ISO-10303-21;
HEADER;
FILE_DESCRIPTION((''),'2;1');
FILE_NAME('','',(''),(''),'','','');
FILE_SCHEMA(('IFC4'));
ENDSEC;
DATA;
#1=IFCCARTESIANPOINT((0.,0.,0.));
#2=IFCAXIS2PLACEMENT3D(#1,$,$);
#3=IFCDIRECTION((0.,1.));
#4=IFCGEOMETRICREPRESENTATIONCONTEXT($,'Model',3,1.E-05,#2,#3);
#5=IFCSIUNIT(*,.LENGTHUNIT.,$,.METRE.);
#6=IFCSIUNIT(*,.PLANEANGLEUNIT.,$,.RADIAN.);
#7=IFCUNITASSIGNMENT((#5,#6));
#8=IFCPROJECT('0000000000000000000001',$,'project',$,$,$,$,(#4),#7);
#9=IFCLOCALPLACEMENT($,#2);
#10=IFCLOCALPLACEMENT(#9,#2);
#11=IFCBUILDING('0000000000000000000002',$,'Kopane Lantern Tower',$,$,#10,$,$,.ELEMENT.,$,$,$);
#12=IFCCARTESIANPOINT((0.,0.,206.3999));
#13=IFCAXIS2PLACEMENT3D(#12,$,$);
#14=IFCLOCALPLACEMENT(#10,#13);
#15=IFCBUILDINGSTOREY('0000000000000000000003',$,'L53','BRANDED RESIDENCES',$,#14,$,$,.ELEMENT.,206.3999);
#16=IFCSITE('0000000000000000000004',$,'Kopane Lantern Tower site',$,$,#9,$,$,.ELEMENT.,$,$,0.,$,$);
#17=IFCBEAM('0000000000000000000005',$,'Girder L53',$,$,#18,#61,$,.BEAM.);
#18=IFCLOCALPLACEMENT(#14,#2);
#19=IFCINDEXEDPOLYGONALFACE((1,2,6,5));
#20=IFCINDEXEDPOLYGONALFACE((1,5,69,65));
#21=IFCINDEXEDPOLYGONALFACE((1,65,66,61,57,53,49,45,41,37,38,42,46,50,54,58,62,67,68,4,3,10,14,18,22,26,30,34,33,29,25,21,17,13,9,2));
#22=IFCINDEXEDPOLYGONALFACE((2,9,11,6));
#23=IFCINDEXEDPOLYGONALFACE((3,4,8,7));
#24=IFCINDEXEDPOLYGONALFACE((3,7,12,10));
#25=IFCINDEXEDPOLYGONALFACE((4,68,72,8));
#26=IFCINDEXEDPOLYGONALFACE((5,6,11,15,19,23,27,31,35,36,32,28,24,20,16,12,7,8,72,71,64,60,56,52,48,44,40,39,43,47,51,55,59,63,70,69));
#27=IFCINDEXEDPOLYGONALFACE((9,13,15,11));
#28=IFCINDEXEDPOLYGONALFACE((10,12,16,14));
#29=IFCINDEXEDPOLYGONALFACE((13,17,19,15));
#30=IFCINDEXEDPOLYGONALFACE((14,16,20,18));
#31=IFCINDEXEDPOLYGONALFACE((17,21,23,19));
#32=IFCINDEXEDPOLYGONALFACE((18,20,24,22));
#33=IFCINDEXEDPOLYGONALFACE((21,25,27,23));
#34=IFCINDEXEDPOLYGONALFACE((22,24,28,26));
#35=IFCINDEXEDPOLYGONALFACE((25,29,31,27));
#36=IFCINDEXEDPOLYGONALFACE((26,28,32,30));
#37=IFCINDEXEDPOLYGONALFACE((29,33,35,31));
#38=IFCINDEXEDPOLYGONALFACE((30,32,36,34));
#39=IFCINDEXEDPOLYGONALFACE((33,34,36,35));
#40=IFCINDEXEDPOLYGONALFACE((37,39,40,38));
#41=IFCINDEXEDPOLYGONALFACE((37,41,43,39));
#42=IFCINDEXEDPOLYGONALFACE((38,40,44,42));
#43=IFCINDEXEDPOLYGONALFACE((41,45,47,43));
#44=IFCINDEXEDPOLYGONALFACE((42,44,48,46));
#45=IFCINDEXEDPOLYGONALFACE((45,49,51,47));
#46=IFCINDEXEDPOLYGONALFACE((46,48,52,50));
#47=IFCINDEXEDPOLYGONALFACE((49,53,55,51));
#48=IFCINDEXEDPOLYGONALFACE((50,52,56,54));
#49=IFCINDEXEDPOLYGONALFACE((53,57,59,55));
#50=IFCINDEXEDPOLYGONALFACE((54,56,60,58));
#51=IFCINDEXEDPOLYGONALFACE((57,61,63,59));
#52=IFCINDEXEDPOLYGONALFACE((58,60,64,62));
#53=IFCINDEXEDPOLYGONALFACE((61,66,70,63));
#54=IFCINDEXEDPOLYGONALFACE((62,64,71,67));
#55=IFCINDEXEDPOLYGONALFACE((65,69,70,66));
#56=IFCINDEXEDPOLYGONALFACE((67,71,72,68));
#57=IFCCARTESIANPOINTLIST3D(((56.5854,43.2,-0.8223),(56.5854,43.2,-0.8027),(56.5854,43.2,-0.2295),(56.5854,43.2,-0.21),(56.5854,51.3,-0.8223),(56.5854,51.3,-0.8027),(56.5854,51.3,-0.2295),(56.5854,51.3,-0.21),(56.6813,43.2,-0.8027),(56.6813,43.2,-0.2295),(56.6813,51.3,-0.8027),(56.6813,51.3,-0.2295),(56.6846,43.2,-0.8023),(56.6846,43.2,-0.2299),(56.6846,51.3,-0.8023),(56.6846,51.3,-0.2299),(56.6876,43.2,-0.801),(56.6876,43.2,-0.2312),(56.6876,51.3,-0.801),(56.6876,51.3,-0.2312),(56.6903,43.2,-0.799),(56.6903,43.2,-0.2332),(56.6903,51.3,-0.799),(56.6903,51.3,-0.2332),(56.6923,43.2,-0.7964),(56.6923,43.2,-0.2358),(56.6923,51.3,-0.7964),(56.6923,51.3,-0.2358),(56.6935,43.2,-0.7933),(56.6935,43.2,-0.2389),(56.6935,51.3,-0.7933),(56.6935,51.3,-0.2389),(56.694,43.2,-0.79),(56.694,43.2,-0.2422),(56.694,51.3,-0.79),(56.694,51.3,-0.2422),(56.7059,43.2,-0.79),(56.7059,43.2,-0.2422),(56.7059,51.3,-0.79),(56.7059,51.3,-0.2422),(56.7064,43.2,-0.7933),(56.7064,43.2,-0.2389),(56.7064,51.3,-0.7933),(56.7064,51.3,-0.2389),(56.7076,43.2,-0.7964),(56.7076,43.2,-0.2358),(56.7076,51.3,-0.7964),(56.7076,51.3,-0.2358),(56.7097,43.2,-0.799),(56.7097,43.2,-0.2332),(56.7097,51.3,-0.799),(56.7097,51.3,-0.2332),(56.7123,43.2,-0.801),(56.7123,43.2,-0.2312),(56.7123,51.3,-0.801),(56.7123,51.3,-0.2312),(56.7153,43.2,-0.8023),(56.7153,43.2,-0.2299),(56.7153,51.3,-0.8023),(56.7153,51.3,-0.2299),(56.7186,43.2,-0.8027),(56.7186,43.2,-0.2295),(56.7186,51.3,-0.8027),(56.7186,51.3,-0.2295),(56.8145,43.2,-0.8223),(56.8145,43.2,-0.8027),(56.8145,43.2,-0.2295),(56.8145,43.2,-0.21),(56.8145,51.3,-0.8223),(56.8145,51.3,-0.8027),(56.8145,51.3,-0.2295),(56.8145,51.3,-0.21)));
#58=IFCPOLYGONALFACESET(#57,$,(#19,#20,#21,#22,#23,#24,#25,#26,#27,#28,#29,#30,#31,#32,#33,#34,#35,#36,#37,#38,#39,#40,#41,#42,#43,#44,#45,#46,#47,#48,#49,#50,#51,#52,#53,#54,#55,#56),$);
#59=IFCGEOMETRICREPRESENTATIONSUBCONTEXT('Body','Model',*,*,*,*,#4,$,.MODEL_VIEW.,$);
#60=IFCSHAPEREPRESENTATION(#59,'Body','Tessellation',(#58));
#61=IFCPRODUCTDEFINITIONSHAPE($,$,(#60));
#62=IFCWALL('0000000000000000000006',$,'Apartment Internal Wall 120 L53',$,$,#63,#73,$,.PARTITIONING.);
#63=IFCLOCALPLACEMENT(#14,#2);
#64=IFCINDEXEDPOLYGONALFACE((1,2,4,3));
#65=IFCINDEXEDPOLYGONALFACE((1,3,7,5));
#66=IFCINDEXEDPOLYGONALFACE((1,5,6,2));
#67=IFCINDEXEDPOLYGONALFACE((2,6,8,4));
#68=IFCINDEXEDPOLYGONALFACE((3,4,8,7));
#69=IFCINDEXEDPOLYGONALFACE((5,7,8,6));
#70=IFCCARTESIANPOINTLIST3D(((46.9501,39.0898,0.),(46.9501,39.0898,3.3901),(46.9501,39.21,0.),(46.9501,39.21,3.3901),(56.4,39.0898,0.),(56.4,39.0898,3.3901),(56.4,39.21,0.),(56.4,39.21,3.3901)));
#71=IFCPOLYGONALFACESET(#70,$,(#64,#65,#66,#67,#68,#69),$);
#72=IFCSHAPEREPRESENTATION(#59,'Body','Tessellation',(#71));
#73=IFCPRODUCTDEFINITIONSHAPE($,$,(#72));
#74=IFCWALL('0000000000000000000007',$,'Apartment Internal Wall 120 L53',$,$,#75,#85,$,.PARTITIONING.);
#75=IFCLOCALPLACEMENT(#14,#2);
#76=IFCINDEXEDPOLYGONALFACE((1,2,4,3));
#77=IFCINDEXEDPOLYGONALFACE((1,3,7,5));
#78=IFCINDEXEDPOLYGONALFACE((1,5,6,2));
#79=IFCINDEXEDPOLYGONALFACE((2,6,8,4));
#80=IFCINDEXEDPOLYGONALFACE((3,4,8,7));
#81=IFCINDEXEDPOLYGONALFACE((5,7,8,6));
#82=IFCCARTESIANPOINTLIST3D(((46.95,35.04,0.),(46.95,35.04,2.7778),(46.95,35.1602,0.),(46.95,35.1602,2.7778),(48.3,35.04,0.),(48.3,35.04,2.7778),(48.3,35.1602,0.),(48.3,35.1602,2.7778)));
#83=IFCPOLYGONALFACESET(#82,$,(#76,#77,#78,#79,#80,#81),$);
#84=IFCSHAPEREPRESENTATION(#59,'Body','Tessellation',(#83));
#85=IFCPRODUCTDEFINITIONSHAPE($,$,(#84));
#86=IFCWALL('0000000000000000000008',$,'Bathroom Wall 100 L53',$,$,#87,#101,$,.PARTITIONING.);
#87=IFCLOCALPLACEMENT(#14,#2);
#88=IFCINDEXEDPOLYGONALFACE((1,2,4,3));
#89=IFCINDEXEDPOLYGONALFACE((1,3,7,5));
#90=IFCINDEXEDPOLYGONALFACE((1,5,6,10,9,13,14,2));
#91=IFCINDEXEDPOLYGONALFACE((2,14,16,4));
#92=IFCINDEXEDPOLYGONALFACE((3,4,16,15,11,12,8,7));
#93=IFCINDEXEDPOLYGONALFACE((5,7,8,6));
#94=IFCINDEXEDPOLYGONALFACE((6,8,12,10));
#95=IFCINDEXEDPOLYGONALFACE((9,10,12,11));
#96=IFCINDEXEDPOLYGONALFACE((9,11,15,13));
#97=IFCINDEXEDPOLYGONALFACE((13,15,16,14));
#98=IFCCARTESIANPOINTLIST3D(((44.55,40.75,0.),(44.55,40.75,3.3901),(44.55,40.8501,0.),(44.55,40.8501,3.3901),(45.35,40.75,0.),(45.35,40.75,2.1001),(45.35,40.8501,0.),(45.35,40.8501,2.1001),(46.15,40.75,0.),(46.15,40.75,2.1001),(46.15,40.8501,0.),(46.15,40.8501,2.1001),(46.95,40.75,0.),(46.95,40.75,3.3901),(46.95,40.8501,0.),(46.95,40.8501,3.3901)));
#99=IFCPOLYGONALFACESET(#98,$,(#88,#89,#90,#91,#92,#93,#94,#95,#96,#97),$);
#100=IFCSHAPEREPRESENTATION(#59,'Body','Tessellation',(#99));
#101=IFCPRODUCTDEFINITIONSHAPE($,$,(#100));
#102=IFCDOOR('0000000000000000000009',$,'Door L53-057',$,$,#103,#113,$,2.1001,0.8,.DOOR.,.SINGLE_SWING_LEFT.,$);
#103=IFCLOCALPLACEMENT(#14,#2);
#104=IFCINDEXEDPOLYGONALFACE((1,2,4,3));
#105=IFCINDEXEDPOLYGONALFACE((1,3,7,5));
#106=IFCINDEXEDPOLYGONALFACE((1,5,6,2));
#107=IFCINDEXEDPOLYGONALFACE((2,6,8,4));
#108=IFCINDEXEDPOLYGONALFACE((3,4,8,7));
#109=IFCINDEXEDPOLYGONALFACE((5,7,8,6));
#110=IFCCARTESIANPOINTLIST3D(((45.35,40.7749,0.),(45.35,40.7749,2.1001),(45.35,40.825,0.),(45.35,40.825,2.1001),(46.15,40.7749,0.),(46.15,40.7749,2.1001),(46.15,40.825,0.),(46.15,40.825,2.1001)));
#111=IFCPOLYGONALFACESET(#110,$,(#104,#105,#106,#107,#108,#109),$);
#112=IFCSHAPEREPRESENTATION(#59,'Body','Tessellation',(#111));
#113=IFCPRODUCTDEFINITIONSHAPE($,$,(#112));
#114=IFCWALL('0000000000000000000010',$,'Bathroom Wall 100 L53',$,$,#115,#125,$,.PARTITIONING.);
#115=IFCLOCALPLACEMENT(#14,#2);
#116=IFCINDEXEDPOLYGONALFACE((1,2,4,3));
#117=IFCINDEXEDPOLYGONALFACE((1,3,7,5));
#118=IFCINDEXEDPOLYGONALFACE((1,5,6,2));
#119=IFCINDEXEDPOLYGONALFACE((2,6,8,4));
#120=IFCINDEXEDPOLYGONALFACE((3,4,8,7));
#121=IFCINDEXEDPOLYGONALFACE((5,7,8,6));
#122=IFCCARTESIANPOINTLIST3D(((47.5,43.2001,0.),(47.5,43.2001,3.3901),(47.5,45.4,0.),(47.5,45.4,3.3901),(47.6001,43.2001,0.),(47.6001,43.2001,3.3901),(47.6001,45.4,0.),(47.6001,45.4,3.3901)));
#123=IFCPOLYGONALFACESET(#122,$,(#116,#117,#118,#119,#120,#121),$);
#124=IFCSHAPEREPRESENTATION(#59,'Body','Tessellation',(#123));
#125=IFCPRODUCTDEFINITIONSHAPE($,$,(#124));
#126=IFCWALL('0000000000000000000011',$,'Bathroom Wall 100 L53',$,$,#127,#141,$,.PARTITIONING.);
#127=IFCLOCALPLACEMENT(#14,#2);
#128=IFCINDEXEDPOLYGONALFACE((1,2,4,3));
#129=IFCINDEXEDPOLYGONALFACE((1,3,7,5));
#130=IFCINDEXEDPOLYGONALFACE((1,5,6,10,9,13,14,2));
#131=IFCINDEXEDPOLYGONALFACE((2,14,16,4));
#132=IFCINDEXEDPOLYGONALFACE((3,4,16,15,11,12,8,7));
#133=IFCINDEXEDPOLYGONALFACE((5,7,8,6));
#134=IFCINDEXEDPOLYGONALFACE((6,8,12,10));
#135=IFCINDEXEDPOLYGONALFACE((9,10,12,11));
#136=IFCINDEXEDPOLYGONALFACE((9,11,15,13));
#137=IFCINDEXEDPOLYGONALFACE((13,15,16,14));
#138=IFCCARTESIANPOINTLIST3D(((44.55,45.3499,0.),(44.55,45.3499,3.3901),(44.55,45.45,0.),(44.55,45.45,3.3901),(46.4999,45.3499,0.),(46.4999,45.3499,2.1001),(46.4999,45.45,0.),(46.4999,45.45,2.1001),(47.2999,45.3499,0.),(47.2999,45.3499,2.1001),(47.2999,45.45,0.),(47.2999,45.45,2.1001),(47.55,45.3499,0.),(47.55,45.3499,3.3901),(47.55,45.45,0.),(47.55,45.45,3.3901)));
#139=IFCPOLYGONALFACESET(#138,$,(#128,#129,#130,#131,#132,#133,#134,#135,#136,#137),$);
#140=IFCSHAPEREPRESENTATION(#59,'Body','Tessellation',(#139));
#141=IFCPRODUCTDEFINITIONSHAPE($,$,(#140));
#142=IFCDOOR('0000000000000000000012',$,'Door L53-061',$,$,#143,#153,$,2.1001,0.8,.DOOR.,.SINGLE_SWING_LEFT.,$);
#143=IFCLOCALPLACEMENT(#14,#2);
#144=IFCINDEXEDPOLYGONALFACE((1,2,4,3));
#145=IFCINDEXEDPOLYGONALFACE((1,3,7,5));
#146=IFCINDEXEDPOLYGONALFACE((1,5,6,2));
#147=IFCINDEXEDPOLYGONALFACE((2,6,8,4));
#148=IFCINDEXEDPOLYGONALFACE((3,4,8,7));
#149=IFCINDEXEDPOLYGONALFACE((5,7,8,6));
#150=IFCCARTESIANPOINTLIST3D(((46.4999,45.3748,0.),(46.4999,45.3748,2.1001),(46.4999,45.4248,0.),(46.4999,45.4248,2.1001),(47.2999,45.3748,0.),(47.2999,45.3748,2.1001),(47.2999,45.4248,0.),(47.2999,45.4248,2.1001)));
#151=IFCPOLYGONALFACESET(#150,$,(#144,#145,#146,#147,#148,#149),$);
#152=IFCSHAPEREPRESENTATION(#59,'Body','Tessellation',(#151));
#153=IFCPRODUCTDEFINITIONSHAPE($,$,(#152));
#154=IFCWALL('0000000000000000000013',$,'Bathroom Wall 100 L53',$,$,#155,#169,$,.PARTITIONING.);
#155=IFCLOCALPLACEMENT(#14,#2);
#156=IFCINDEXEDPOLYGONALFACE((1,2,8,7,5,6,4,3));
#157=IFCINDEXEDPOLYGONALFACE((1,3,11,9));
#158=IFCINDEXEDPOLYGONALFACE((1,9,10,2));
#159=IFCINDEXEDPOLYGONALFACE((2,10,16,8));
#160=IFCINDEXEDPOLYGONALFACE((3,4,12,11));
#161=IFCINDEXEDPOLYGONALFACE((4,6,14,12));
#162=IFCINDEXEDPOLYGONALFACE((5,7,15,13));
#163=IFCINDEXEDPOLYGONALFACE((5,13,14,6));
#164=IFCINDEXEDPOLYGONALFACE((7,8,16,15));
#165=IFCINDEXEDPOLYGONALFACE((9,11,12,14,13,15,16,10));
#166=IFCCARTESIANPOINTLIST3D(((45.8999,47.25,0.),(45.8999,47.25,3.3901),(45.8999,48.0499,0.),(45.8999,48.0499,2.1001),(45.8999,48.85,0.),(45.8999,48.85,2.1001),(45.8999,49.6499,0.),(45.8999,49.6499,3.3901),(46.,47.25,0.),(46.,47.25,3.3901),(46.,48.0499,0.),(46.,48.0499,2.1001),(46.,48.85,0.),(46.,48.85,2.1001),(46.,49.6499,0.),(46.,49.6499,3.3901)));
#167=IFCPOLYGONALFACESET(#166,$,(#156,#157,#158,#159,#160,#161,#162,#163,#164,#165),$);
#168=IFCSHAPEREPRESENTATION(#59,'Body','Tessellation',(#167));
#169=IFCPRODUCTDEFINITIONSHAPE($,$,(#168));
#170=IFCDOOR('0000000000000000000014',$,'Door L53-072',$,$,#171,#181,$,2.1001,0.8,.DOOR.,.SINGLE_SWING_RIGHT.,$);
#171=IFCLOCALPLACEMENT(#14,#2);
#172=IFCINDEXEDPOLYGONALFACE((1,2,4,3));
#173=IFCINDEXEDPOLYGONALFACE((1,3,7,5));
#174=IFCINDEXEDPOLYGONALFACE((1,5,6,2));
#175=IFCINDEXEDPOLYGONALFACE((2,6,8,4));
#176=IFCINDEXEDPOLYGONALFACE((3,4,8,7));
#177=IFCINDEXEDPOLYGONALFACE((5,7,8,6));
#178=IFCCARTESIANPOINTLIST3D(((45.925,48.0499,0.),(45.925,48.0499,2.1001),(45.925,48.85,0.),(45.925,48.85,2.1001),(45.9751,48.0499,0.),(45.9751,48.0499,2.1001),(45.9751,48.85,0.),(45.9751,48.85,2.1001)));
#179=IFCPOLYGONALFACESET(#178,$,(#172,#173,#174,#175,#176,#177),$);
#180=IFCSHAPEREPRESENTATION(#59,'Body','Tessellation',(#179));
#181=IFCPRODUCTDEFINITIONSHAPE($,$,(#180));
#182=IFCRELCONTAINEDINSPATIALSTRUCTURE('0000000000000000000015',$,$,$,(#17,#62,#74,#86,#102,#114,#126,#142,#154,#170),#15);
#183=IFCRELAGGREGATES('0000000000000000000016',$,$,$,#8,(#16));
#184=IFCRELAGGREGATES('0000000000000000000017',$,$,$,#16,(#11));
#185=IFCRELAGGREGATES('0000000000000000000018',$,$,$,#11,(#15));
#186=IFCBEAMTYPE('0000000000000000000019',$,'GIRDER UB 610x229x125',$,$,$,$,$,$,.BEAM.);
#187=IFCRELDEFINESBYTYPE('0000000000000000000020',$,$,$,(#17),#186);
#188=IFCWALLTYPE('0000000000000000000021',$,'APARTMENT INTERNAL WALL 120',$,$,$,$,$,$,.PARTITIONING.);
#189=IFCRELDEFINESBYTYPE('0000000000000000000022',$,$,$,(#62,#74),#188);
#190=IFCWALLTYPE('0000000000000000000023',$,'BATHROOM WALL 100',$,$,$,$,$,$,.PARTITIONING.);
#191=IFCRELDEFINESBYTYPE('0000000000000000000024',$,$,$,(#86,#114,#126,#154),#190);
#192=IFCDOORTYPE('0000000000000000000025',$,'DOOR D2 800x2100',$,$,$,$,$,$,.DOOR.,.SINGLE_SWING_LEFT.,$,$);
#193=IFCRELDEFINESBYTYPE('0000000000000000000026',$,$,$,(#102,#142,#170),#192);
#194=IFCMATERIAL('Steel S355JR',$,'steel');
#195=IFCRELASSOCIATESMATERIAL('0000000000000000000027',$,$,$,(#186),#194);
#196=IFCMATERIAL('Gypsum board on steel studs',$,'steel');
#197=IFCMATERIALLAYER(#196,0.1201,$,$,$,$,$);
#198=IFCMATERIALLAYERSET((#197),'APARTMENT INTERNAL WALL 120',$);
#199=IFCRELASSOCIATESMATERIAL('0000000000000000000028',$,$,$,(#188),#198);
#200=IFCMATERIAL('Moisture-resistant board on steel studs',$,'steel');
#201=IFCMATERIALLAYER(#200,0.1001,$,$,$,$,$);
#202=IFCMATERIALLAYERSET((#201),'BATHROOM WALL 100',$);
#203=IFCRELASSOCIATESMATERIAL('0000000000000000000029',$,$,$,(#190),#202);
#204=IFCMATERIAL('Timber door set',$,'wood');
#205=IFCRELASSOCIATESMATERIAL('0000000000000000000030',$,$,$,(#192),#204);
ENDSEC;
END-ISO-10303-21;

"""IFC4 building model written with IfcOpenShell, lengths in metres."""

from ifc_helpers import new_model, si_unit, direction, frame, frame_2d, origin, origin_2d, place, context, subcontext, project, spatial, rectangle, i_section, extrude, material, layer, layer_set, material_profile, profile_set, type_object, element, fill, save


model = new_model("IFC4")

# Units and contexts
model_context = context("Model", 3, precision=1e-05, world=origin(), true_north=direction((0.0, 1.0)))
body_context = subcontext(model_context, "Body", "Model", "MODEL_VIEW")
ifc_project = project(units=[si_unit("LENGTHUNIT", "METRE"), si_unit("PLANEANGLEUNIT", "RADIAN")], contexts=[model_context])

# Site, building, storey
site_placement = place(None, origin())
site = spatial("IfcSite", under=ifc_project, at=site_placement, Name="Kopane Lantern Tower site", CompositionType="ELEMENT", RefElevation=0.0)
building_placement = place(site_placement, origin())
building = spatial("IfcBuilding", under=site, at=building_placement, Name="Kopane Lantern Tower", CompositionType="ELEMENT")
storey_placement = place(building_placement, frame((0.0, 0.0, 206.3999)))
storey = spatial("IfcBuildingStorey", under=building, at=storey_placement, Name="L53", Description="BRANDED RESIDENCES", CompositionType="ELEMENT", Elevation=206.3999)

# Beam
ifc_material_1 = material(Name="Steel S355JR", Category="steel")
ifc_material_profile_1 = material_profile(ifc_material_1, i_section(OverallWidth=0.229, OverallDepth=0.6123, WebThickness=0.012, FlangeThickness=0.0195, FilletRadius=0.0127, at=origin_2d()), Name="UB 610x229x125")
ifc_profile_set_1 = profile_set([ifc_material_profile_1], Name="Steel S355JR")
beam_type = type_object("IfcBeamType", Name="GIRDER UB 610x229x125", PredefinedType="BEAM", material=ifc_profile_set_1)
beam_1_placement = place(storey_placement, frame((56.7, 43.2, -0.5161), z_axis=(0.0, 1.0, 0.0), x_axis=(-1.0, 0.0, 0.0)))
element("IfcBeam", 1, at=beam_1_placement, inside=storey, type_object=beam_type, Name="Girder L53", PredefinedType="BEAM", context=body_context, shape_type="SweptSolid", body=[
    extrude(i_section(OverallWidth=0.229, OverallDepth=0.6123, WebThickness=0.012, FlangeThickness=0.0195, FilletRadius=0.0127, at=origin_2d()), origin(), (0.0, 0.0, 1.0), 8.1001),
])

# Walls
ifc_material_2 = material(Name="Gypsum board on steel studs", Category="steel")
ifc_layer_1 = layer(ifc_material_2, 0.1201)
ifc_layer_set_1 = layer_set([ifc_layer_1], Name="APARTMENT INTERNAL WALL 120")
wall_type_1 = type_object("IfcWallType", Name="APARTMENT INTERNAL WALL 120", PredefinedType="PARTITIONING", material=ifc_layer_set_1)
wall_1_placement = place(storey_placement, frame((46.95, 39.1499, 0.0), z_axis=(0.0, 0.0, 1.0), x_axis=(1.0, 0.0, 0.0)))
element("IfcWall", 2, at=wall_1_placement, inside=storey, type_object=wall_type_1, Name="Apartment Internal Wall 120 L53", PredefinedType="PARTITIONING", context=body_context, shape_type="SweptSolid", body=[
    extrude(rectangle(XDim=9.45, YDim=0.1201, at=frame_2d((4.7251, 0.0))), origin(), (0.0, 0.0, 1.0), 3.3901),
])
wall_2_placement = place(storey_placement, frame((46.95, 35.1001, 0.0), z_axis=(0.0, 0.0, 1.0), x_axis=(1.0, 0.0, 0.0)))
element("IfcWall", 3, at=wall_2_placement, inside=storey, type_object=wall_type_1, Name="Apartment Internal Wall 120 L53", PredefinedType="PARTITIONING", context=body_context, shape_type="SweptSolid", body=[
    extrude(rectangle(XDim=1.3501, YDim=0.1201, at=frame_2d((0.675, 0.0))), origin(), (0.0, 0.0, 1.0), 2.7778),
])

# Wall, opening, door
ifc_material_3 = material(Name="Moisture-resistant board on steel studs", Category="steel")
ifc_layer_2 = layer(ifc_material_3, 0.1001)
ifc_layer_set_2 = layer_set([ifc_layer_2], Name="BATHROOM WALL 100")
wall_type_2 = type_object("IfcWallType", Name="BATHROOM WALL 100", PredefinedType="PARTITIONING", material=ifc_layer_set_2)
wall_3_placement = place(storey_placement, frame((44.55, 40.8, 0.0), z_axis=(0.0, 0.0, 1.0), x_axis=(1.0, 0.0, 0.0)))
wall_3 = element("IfcWall", 4, at=wall_3_placement, inside=storey, type_object=wall_type_2, Name="Bathroom Wall 100 L53", PredefinedType="PARTITIONING", context=body_context, shape_type="SweptSolid", body=[
    extrude(rectangle(XDim=2.3999, YDim=0.1001, at=frame_2d((1.2, 0.0))), origin(), (0.0, 0.0, 1.0), 3.3901),
])
opening_1_placement = place(wall_3_placement, frame((0.8, 0.0, 0.0)))
opening_1 = element("IfcOpeningElement", 5, at=opening_1_placement, cuts=wall_3, PredefinedType="OPENING", context=body_context, shape_type="SweptSolid", body=[
    extrude(rectangle(XDim=0.8, YDim=2.1001, at=frame_2d((0.3999, 1.05))), frame((0.0, 0.0601, 0.0), z_axis=(0.0, -1.0, 0.0), x_axis=(1.0, 0.0, 0.0)), (0.0, 0.0, 1.0), 0.1201),
])
ifc_material_4 = material(Name="Timber door set", Category="wood")
door_type_1 = type_object("IfcDoorType", Name="DOOR D2 800x2100", OperationType="SINGLE_SWING_LEFT", PredefinedType="DOOR", material=ifc_material_4)
door_1_placement = place(opening_1_placement, origin())
door_1 = element("IfcDoor", 6, at=door_1_placement, inside=storey, type_object=door_type_1, Name="Door L53-057", OperationType="SINGLE_SWING_LEFT", OverallHeight=2.1001, OverallWidth=0.8, PredefinedType="DOOR", context=body_context, shape_type="SweptSolid", body=[
    extrude(rectangle(XDim=0.8, YDim=2.1001, at=frame_2d((0.3999, 1.05))), frame((0.0, 0.0249, 0.0), z_axis=(0.0, -1.0, 0.0), x_axis=(1.0, 0.0, 0.0)), (0.0, 0.0, 1.0), 0.05),
])
fill(opening_1, door_1)

# Wall
wall_4_placement = place(storey_placement, frame((47.55, 43.2, 0.0), z_axis=(0.0, 0.0, 1.0), x_axis=(0.0, 1.0, 0.0)))
element("IfcWall", 7, at=wall_4_placement, inside=storey, type_object=wall_type_2, Name="Bathroom Wall 100 L53", PredefinedType="PARTITIONING", context=body_context, shape_type="SweptSolid", body=[
    extrude(rectangle(XDim=2.2, YDim=0.1001, at=frame_2d((1.1001, 0.0))), origin(), (0.0, 0.0, 1.0), 3.3901),
])

# Walls, openings, doors
wall_5_placement = place(storey_placement, frame((44.55, 45.3999, 0.0), z_axis=(0.0, 0.0, 1.0), x_axis=(1.0, 0.0, 0.0)))
wall_5 = element("IfcWall", 8, at=wall_5_placement, inside=storey, type_object=wall_type_2, Name="Bathroom Wall 100 L53", PredefinedType="PARTITIONING", context=body_context, shape_type="SweptSolid", body=[
    extrude(rectangle(XDim=3.0, YDim=0.1001, at=frame_2d((1.5, 0.0))), origin(), (0.0, 0.0, 1.0), 3.3901),
])
opening_2_placement = place(wall_5_placement, frame((1.95, 0.0, 0.0)))
opening_2 = element("IfcOpeningElement", 9, at=opening_2_placement, cuts=wall_5, PredefinedType="OPENING", context=body_context, shape_type="SweptSolid", body=[
    extrude(rectangle(XDim=0.8, YDim=2.1001, at=frame_2d((0.3999, 1.05))), frame((0.0, 0.0601, 0.0), z_axis=(0.0, -1.0, 0.0), x_axis=(1.0, 0.0, 0.0)), (0.0, 0.0, 1.0), 0.1201),
])
door_2_placement = place(opening_2_placement, origin())
door_2 = element("IfcDoor", 10, at=door_2_placement, inside=storey, type_object=door_type_1, Name="Door L53-061", OperationType="SINGLE_SWING_LEFT", OverallHeight=2.1001, OverallWidth=0.8, PredefinedType="DOOR", context=body_context, shape_type="SweptSolid", body=[
    extrude(rectangle(XDim=0.8, YDim=2.1001, at=frame_2d((0.3999, 1.05))), frame((0.0, 0.0249, 0.0), z_axis=(0.0, -1.0, 0.0), x_axis=(1.0, 0.0, 0.0)), (0.0, 0.0, 1.0), 0.05),
])
fill(opening_2, door_2)
wall_6_placement = place(storey_placement, frame((45.95, 47.25, 0.0), z_axis=(0.0, 0.0, 1.0), x_axis=(0.0, 1.0, 0.0)))
wall_6 = element("IfcWall", 11, at=wall_6_placement, inside=storey, type_object=wall_type_2, Name="Bathroom Wall 100 L53", PredefinedType="PARTITIONING", context=body_context, shape_type="SweptSolid", body=[
    extrude(rectangle(XDim=2.3999, YDim=0.1001, at=frame_2d((1.2, 0.0))), origin(), (0.0, 0.0, 1.0), 3.3901),
])
opening_3_placement = place(wall_6_placement, frame((0.8, 0.0, 0.0)))
opening_3 = element("IfcOpeningElement", 12, at=opening_3_placement, cuts=wall_6, PredefinedType="OPENING", context=body_context, shape_type="SweptSolid", body=[
    extrude(rectangle(XDim=0.8, YDim=2.1001, at=frame_2d((0.3999, 1.05))), frame((0.0, 0.0601, 0.0), z_axis=(0.0, -1.0, 0.0), x_axis=(1.0, 0.0, 0.0)), (0.0, 0.0, 1.0), 0.1201),
])
door_3_placement = place(opening_3_placement, origin())
door_3 = element("IfcDoor", 13, at=door_3_placement, inside=storey, type_object=door_type_1, Name="Door L53-072", OperationType="SINGLE_SWING_RIGHT", OverallHeight=2.1001, OverallWidth=0.8, PredefinedType="DOOR", context=body_context, shape_type="SweptSolid", body=[
    extrude(rectangle(XDim=0.8, YDim=2.1001, at=frame_2d((0.3999, 1.05))), frame((0.0, 0.0249, 0.0), z_axis=(0.0, -1.0, 0.0), x_axis=(1.0, 0.0, 0.0)), (0.0, 0.0, 1.0), 0.05),
])
fill(opening_3, door_3)

save(model, "model.ifc")
